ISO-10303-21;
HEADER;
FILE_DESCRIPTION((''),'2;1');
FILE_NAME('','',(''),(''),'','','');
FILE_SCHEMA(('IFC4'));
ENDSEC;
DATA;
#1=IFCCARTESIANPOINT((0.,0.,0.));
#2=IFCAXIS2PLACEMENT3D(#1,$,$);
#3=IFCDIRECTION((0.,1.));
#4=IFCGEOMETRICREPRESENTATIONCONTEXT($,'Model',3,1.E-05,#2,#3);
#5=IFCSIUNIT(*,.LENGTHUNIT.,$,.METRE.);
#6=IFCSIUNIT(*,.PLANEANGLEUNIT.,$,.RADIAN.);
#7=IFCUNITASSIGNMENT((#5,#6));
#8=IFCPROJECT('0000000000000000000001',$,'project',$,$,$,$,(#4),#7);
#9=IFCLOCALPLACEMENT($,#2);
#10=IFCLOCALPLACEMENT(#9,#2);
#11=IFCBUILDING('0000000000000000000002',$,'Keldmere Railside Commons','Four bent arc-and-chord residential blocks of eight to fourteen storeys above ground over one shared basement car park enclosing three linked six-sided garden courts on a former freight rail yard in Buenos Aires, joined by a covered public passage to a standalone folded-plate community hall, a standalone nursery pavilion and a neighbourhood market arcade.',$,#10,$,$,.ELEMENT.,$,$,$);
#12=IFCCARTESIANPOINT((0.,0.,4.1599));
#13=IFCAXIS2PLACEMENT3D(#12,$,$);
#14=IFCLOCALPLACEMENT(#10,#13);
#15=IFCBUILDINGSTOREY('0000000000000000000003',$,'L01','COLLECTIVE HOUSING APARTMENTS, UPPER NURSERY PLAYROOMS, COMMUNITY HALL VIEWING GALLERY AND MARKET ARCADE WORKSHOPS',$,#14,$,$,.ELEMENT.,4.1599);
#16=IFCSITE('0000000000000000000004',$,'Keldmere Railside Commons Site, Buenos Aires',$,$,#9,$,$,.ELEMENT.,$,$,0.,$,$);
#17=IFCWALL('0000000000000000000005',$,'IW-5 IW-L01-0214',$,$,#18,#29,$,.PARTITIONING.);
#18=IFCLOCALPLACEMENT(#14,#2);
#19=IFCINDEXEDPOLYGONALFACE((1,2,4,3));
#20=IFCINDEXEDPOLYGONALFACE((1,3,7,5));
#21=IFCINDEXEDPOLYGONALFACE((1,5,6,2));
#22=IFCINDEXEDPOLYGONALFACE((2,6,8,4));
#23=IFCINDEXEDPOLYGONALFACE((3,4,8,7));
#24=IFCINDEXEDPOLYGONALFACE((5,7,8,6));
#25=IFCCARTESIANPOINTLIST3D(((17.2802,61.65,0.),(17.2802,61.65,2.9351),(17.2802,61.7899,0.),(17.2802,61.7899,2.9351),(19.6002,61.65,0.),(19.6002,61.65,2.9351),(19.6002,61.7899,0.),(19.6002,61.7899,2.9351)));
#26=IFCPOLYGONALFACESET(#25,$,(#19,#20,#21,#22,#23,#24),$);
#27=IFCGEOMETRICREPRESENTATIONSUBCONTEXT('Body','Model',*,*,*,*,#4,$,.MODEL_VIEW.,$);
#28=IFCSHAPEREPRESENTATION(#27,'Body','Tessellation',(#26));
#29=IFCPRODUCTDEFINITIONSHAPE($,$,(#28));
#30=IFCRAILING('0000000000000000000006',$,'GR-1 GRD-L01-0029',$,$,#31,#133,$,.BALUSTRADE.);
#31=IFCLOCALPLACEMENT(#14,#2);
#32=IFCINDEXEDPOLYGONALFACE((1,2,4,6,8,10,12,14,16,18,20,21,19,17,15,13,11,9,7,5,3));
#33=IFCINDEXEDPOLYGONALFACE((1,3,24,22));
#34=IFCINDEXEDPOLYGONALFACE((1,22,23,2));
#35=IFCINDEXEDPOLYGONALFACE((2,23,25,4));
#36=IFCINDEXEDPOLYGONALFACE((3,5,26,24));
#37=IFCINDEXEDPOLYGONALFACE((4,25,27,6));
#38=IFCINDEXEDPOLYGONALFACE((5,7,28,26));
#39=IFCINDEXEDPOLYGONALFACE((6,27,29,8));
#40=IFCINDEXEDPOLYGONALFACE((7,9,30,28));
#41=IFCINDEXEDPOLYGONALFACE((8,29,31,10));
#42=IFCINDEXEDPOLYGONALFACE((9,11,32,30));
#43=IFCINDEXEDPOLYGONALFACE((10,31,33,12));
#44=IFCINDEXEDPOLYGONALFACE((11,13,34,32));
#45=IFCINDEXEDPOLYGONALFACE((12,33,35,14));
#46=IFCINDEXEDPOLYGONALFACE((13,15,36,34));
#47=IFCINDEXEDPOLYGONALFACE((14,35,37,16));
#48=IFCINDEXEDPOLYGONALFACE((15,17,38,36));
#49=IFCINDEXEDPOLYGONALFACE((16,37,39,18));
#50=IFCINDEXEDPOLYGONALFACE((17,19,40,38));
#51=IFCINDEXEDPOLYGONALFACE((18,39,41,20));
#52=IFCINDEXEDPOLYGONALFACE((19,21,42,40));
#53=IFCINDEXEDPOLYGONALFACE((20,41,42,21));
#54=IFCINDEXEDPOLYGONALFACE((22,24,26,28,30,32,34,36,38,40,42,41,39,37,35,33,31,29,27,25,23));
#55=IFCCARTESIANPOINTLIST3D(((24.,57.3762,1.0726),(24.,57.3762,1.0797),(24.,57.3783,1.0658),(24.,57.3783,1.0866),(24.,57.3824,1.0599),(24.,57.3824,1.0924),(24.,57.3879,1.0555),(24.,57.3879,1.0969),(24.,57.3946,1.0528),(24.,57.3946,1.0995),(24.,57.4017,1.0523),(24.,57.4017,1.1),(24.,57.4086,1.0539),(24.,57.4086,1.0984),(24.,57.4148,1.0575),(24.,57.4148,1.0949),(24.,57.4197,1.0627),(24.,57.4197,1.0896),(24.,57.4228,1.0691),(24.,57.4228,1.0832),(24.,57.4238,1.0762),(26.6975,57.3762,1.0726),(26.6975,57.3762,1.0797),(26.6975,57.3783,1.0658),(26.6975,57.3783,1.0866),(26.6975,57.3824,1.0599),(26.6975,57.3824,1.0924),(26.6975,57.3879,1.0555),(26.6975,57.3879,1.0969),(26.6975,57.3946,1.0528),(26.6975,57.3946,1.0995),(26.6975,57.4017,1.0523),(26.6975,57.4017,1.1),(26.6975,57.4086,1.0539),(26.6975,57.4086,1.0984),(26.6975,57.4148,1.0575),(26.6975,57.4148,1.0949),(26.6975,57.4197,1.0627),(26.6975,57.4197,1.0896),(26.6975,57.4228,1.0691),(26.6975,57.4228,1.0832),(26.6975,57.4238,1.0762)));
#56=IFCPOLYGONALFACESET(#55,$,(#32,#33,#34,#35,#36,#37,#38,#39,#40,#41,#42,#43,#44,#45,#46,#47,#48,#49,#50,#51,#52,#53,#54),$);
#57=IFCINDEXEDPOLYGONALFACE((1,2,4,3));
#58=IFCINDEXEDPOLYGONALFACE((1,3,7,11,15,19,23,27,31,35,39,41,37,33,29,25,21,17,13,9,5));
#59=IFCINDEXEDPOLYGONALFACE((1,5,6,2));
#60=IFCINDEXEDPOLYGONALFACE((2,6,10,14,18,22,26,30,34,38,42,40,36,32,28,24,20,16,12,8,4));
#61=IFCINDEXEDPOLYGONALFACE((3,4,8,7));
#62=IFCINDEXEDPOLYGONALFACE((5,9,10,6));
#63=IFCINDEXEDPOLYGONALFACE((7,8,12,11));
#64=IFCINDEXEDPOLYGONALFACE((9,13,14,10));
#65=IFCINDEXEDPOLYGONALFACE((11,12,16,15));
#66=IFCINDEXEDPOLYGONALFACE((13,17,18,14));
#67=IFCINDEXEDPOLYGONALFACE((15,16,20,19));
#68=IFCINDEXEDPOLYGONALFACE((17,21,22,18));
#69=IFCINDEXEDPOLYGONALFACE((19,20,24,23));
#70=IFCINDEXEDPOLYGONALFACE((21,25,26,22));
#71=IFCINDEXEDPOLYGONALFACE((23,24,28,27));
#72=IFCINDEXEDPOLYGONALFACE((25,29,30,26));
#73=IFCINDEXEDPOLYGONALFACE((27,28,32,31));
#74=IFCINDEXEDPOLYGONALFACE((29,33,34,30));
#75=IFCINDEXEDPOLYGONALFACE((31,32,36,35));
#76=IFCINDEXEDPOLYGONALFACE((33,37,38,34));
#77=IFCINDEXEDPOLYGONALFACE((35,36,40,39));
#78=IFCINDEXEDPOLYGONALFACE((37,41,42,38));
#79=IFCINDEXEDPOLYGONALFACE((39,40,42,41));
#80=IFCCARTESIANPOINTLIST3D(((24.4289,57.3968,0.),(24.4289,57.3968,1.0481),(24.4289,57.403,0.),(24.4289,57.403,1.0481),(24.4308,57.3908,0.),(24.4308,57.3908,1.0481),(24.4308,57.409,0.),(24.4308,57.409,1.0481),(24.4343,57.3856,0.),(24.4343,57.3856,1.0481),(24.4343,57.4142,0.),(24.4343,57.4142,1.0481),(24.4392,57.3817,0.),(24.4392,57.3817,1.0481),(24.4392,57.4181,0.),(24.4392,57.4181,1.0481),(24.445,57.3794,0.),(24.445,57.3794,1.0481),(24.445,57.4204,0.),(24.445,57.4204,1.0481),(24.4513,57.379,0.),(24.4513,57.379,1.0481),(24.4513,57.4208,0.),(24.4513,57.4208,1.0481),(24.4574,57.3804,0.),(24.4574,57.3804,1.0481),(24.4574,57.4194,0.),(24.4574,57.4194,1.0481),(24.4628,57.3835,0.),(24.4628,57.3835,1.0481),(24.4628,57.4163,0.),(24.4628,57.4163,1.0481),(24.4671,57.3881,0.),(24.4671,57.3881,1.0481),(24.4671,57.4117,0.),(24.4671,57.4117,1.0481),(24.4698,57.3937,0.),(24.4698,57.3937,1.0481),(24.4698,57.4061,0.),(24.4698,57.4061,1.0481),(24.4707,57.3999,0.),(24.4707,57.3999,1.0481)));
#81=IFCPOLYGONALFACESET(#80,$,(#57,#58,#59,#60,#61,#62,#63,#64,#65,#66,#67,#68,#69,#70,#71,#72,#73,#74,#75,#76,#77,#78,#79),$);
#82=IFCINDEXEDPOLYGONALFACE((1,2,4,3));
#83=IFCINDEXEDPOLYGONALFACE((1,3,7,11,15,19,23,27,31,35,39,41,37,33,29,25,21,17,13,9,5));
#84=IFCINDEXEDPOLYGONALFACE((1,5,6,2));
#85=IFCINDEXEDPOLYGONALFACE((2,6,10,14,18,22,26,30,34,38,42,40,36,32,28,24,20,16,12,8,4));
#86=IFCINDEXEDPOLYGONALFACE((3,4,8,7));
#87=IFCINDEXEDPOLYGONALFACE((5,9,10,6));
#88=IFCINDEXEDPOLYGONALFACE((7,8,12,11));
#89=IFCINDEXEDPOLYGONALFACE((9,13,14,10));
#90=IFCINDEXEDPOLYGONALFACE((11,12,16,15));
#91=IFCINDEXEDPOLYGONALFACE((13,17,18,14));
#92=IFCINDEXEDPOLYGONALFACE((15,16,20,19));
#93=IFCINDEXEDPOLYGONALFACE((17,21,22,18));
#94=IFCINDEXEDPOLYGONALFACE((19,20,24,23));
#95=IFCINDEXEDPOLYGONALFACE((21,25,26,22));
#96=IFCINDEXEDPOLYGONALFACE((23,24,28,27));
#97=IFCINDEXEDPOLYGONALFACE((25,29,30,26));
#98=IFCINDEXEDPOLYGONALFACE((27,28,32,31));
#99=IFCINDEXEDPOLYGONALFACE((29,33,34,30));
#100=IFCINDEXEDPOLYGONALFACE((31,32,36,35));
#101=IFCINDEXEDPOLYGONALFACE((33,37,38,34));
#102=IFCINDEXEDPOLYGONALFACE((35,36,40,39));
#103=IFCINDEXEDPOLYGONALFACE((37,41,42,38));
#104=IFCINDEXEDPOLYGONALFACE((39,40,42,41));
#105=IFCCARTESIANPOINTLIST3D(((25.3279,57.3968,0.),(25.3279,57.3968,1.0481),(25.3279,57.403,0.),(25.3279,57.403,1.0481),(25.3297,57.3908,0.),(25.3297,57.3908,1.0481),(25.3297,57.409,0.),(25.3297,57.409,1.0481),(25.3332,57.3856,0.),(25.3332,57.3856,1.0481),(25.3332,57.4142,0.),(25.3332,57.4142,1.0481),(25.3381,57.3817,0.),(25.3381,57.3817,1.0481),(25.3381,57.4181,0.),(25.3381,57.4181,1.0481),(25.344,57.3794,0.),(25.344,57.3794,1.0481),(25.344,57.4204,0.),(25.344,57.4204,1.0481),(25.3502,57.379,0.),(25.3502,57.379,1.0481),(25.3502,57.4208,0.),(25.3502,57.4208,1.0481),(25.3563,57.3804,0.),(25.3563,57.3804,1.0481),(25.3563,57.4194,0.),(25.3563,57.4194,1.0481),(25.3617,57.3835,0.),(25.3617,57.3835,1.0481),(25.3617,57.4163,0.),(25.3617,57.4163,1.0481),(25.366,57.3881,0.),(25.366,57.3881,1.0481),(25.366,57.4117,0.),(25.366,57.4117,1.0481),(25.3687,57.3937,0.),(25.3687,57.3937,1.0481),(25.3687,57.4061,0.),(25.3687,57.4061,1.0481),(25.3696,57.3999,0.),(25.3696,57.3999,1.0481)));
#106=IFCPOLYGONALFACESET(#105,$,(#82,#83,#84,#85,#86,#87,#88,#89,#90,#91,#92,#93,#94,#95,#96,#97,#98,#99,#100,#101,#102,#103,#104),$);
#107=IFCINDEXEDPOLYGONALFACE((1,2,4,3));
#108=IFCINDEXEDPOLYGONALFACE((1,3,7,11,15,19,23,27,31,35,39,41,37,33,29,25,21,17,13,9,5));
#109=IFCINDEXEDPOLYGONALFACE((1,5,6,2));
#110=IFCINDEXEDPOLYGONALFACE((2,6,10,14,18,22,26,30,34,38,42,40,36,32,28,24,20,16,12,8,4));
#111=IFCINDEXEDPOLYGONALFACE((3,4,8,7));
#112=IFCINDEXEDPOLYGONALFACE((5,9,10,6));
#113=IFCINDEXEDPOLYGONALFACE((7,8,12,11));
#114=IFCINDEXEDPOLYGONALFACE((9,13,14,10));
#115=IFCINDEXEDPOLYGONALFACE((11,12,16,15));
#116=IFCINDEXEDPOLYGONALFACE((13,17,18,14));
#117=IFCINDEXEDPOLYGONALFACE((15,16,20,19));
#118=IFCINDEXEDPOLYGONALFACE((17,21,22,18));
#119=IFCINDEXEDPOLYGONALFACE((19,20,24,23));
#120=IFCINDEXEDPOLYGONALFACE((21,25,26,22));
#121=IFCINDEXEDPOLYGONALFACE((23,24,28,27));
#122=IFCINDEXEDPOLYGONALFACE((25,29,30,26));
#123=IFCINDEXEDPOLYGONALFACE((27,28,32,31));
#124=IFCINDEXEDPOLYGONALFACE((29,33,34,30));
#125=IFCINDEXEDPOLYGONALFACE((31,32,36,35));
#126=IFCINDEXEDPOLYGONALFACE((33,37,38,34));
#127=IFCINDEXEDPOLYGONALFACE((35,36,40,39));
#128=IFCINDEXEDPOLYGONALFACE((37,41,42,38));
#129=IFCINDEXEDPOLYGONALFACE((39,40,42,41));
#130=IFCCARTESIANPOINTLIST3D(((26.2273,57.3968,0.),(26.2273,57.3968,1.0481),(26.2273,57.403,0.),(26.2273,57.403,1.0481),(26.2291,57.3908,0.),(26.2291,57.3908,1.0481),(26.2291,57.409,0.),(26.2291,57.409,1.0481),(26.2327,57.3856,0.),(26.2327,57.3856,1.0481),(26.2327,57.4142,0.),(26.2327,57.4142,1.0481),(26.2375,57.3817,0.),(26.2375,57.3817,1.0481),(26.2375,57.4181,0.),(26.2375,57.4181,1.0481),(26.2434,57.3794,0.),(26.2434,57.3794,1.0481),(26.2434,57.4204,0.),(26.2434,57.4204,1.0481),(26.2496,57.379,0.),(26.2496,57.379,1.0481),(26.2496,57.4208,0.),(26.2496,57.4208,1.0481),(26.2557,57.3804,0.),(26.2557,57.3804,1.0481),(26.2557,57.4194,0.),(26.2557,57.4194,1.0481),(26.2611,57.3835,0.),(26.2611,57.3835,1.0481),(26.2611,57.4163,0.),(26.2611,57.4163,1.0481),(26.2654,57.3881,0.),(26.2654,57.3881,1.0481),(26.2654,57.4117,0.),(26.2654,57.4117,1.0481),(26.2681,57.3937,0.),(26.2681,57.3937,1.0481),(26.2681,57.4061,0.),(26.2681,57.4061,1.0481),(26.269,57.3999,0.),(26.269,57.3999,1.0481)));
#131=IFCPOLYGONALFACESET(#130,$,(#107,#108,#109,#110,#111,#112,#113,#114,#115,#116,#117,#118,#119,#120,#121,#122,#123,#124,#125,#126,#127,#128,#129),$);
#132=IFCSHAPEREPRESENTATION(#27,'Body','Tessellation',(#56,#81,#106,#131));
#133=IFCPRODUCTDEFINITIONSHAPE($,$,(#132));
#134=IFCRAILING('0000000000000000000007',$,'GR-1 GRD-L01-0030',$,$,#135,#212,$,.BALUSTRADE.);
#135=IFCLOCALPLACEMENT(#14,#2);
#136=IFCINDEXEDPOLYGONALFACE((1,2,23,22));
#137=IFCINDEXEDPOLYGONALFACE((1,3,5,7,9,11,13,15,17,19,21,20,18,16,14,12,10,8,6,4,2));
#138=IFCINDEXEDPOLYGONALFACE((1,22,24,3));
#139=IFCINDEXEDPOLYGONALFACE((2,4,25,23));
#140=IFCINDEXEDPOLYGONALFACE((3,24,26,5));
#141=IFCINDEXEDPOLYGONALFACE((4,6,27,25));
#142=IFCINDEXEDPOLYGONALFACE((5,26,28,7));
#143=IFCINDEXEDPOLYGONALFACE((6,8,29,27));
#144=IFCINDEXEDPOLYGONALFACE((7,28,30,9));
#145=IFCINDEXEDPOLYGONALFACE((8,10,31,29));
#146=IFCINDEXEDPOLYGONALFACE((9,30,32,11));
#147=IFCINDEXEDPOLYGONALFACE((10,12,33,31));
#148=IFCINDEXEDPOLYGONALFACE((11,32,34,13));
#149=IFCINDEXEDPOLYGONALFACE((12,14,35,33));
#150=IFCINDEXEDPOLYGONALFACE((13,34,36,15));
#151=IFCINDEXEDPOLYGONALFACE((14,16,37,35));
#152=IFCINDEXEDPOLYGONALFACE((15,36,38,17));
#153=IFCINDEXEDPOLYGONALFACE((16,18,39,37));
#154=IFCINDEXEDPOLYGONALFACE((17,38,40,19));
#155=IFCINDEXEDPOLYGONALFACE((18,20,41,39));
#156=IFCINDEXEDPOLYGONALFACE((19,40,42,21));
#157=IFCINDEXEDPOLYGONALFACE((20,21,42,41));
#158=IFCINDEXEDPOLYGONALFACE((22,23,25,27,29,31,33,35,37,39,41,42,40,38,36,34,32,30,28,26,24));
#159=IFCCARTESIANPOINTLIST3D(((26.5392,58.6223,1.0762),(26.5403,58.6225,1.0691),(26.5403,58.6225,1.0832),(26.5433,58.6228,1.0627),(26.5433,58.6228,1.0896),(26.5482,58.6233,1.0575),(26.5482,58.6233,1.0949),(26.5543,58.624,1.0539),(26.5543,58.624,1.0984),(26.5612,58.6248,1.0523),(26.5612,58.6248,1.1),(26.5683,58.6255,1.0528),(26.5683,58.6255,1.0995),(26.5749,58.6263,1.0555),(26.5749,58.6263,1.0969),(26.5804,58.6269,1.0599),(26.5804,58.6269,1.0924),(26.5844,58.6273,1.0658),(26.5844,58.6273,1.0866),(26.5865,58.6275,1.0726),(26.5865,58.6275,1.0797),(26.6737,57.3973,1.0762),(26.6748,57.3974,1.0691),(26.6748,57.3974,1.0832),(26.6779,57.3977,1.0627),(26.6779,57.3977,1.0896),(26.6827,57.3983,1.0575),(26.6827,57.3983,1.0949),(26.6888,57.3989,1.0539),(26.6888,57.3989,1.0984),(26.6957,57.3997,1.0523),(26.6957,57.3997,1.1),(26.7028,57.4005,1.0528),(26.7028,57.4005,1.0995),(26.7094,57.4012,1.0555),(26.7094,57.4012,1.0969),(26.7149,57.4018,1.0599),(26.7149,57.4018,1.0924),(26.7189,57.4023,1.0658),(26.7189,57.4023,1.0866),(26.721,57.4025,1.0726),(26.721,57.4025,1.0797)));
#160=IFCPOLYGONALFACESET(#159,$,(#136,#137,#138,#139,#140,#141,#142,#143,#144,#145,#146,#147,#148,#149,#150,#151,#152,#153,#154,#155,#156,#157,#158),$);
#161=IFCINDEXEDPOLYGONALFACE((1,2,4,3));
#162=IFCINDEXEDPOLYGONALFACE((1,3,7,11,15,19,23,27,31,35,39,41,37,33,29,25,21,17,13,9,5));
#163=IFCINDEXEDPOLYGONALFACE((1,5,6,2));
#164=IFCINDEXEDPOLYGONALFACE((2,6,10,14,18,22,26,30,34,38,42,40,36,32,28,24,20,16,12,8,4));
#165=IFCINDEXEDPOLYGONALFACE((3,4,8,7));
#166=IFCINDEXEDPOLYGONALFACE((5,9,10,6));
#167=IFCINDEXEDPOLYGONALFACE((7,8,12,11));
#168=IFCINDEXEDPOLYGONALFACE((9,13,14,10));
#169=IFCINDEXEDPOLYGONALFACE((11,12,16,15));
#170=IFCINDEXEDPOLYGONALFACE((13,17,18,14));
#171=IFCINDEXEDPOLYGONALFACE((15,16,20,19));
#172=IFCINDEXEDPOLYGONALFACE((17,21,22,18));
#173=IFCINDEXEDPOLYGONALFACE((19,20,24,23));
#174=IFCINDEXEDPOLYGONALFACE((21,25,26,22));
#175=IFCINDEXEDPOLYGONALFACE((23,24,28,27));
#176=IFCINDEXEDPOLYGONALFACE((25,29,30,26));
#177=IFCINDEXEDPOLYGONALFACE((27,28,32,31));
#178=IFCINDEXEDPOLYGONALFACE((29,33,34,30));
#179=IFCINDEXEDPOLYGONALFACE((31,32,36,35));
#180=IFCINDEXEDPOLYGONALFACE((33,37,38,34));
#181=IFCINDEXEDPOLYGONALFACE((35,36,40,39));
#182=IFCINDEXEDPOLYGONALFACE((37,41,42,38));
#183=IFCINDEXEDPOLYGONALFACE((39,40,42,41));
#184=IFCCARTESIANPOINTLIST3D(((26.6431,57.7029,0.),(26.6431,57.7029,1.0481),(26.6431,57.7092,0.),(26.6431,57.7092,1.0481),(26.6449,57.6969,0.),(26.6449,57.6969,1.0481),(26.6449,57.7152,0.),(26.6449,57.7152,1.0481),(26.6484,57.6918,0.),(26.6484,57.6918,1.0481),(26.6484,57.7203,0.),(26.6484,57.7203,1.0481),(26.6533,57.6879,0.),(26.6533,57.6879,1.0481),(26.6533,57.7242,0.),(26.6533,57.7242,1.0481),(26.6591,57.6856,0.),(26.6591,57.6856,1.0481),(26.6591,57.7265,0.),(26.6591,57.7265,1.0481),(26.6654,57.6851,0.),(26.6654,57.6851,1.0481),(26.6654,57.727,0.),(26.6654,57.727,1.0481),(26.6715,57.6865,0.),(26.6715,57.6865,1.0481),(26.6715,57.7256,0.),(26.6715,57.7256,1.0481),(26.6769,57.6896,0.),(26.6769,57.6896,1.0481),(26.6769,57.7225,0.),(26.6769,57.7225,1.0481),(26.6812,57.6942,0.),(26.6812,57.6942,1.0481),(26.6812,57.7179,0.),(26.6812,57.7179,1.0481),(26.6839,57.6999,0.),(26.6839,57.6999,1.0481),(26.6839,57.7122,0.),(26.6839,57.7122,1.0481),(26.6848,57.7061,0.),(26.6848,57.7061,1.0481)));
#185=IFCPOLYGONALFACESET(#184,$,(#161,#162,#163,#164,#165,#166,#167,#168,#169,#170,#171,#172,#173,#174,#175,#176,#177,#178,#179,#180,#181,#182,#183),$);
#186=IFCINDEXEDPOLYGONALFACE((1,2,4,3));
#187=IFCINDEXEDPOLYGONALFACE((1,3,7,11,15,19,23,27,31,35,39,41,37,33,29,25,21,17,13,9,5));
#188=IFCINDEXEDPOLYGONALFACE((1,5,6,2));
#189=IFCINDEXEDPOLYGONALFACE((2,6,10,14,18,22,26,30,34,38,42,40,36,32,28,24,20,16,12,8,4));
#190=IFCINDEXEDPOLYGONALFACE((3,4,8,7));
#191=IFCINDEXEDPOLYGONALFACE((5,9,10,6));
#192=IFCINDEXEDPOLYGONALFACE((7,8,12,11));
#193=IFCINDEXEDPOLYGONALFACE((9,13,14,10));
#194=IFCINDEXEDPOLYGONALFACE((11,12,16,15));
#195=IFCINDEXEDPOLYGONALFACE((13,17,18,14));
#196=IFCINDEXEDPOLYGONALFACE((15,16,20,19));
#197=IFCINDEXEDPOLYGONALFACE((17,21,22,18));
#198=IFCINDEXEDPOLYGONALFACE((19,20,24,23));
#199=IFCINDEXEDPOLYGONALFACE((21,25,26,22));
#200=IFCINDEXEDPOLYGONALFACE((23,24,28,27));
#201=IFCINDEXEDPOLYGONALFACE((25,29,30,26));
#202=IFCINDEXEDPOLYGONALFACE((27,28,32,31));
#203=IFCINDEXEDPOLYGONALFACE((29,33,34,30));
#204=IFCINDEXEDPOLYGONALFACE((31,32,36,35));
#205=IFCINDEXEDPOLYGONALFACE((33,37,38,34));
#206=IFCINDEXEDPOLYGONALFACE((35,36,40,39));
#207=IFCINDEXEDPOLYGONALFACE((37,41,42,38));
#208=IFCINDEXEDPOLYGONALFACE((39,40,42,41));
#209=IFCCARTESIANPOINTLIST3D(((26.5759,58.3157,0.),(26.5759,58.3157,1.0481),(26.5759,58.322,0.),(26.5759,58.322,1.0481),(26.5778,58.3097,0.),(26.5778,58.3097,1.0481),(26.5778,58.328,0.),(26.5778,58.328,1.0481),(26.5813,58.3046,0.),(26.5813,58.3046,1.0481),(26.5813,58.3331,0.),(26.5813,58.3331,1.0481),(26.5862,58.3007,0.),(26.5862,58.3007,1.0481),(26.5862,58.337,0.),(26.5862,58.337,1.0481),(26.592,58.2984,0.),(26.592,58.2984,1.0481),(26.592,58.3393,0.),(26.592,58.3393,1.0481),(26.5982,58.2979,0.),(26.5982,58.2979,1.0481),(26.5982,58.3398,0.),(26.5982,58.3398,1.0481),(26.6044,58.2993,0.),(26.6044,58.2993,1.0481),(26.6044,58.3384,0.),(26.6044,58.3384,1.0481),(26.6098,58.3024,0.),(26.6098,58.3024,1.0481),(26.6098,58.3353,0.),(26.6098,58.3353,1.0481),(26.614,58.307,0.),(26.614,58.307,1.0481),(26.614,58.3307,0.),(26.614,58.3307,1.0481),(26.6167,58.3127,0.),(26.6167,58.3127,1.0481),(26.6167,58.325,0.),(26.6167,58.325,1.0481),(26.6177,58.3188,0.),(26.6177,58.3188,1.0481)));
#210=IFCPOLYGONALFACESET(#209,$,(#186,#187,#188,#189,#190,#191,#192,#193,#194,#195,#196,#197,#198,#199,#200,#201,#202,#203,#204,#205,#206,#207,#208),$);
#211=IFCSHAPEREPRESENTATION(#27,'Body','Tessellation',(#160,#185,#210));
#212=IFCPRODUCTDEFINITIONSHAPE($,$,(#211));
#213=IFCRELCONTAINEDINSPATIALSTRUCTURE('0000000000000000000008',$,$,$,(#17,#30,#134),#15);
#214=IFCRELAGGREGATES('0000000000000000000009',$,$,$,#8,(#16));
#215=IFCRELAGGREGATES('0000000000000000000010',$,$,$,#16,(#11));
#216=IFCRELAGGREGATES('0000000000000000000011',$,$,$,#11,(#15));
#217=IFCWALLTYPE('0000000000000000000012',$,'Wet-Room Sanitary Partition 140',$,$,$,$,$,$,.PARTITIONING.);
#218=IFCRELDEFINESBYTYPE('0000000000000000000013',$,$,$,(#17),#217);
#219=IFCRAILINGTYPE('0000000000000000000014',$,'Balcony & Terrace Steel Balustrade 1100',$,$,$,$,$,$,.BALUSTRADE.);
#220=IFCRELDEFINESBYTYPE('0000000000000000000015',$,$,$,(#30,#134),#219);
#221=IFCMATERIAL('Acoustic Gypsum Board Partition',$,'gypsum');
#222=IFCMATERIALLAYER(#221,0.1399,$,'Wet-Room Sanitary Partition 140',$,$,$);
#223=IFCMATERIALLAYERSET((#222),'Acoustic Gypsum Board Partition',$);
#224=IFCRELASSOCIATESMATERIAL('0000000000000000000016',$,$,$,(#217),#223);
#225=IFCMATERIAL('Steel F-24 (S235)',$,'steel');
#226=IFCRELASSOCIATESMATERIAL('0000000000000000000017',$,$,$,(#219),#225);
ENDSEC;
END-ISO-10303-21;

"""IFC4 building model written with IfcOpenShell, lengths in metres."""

from ifc_helpers import new_model, si_unit, direction, frame, frame_2d, origin, origin_2d, place, context, subcontext, project, spatial, rectangle, circle, extrude, material, layer, layer_set, type_object, element, save


model = new_model("IFC4")

# Units and contexts
model_context = context("Model", 3, precision=1e-05, world=origin(), true_north=direction((0.0, 1.0)))
body_context = subcontext(model_context, "Body", "Model", "MODEL_VIEW")
ifc_project = project(units=[si_unit("LENGTHUNIT", "METRE"), si_unit("PLANEANGLEUNIT", "RADIAN")], contexts=[model_context])

# Site, building, storey
site_placement = place(None, origin())
site = spatial("IfcSite", under=ifc_project, at=site_placement, Name="Keldmere Railside Commons Site, Buenos Aires", CompositionType="ELEMENT", RefElevation=0.0)
building_placement = place(site_placement, origin())
building = spatial("IfcBuilding", under=site, at=building_placement, Name="Keldmere Railside Commons", Description="Four bent arc-and-chord residential blocks of eight to fourteen storeys above ground over one shared basement car park enclosing three linked six-sided garden courts on a former freight rail yard in Buenos Aires, joined by a covered public passage to a standalone folded-plate community hall, a standalone nursery pavilion and a neighbourhood market arcade.", CompositionType="ELEMENT")
storey_placement = place(building_placement, frame((0.0, 0.0, 4.1599)))
storey = spatial("IfcBuildingStorey", under=building, at=storey_placement, Name="L01", Description="COLLECTIVE HOUSING APARTMENTS, UPPER NURSERY PLAYROOMS, COMMUNITY HALL VIEWING GALLERY AND MARKET ARCADE WORKSHOPS", CompositionType="ELEMENT", Elevation=4.1599)

# Shared definitions
ifc_material_1 = material(Name="Acoustic Gypsum Board Partition", Category="gypsum")

# Wall
ifc_layer_1 = layer(ifc_material_1, 0.1399, Name="Wet-Room Sanitary Partition 140")
ifc_layer_set_1 = layer_set([ifc_layer_1], Name="Acoustic Gypsum Board Partition")
wall_type_1 = type_object("IfcWallType", Name="Wet-Room Sanitary Partition 140", PredefinedType="PARTITIONING", material=ifc_layer_set_1)
wall_1_placement = place(storey_placement, frame((17.28, 61.72, 0.0), z_axis=(0.0, 0.0, 1.0), x_axis=(1.0, 0.0, 0.0)))
element("IfcWall", 1, at=wall_1_placement, inside=storey, type_object=wall_type_1, Name="IW-5 IW-L01-0214", PredefinedType="PARTITIONING", context=body_context, shape_type="SweptSolid", body=[
    extrude(rectangle(XDim=2.3201, YDim=0.1399, at=frame_2d((1.1602, 0.0))), origin(), (0.0, 0.0, 1.0), 2.9351),
])

# Railings
ifc_material_2 = material(Name="Steel F-24 (S235)", Category="steel")
railing_type = type_object("IfcRailingType", Name="Balcony & Terrace Steel Balustrade 1100", PredefinedType="BALUSTRADE", material=ifc_material_2)
railing_1_placement = place(storey_placement, frame((24.0, 57.3999, 0.0)))
element("IfcRailing", 2, at=railing_1_placement, inside=storey, type_object=railing_type, Name="GR-1 GRD-L01-0029", PredefinedType="BALUSTRADE", context=body_context, shape_type="SweptSolid", body=[
    extrude(circle(Radius=0.0239, at=origin_2d()), frame((0.0, 0.0, 1.0762), z_axis=(1.0, 0.0, 0.0), x_axis=(0.0, 1.0, 0.0)), (0.0, 0.0, 1.0), 2.6975),
    extrude(circle(Radius=0.021, at=origin_2d()), frame((0.4497, 0.0, 0.0)), (0.0, 0.0, 1.0), 1.0481),
    extrude(circle(Radius=0.021, at=origin_2d()), frame((1.3486, 0.0, 0.0)), (0.0, 0.0, 1.0), 1.0481),
    extrude(circle(Radius=0.021, at=origin_2d()), frame((2.248, 0.0, 0.0)), (0.0, 0.0, 1.0), 1.0481),
])
railing_2_placement = place(storey_placement, frame((26.6975, 57.3999, 0.0)))
element("IfcRailing", 3, at=railing_2_placement, inside=storey, type_object=railing_type, Name="GR-1 GRD-L01-0030", PredefinedType="BALUSTRADE", context=body_context, shape_type="SweptSolid", body=[
    extrude(circle(Radius=0.0239, at=origin_2d()), frame((0.0, 0.0, 1.0762), z_axis=(-0.109149, 0.994025, 0.0), x_axis=(-0.994025, -0.109149, 0.0)), (0.0, 0.0, 1.0), 1.2324),
    extrude(circle(Radius=0.021, at=origin_2d()), frame((-0.0337, 0.3062, 0.0)), (0.0, 0.0, 1.0), 1.0481),
    extrude(circle(Radius=0.021, at=origin_2d()), frame((-0.1008, 0.9189, 0.0)), (0.0, 0.0, 1.0), 1.0481),
])

save(model, "model.ifc")
